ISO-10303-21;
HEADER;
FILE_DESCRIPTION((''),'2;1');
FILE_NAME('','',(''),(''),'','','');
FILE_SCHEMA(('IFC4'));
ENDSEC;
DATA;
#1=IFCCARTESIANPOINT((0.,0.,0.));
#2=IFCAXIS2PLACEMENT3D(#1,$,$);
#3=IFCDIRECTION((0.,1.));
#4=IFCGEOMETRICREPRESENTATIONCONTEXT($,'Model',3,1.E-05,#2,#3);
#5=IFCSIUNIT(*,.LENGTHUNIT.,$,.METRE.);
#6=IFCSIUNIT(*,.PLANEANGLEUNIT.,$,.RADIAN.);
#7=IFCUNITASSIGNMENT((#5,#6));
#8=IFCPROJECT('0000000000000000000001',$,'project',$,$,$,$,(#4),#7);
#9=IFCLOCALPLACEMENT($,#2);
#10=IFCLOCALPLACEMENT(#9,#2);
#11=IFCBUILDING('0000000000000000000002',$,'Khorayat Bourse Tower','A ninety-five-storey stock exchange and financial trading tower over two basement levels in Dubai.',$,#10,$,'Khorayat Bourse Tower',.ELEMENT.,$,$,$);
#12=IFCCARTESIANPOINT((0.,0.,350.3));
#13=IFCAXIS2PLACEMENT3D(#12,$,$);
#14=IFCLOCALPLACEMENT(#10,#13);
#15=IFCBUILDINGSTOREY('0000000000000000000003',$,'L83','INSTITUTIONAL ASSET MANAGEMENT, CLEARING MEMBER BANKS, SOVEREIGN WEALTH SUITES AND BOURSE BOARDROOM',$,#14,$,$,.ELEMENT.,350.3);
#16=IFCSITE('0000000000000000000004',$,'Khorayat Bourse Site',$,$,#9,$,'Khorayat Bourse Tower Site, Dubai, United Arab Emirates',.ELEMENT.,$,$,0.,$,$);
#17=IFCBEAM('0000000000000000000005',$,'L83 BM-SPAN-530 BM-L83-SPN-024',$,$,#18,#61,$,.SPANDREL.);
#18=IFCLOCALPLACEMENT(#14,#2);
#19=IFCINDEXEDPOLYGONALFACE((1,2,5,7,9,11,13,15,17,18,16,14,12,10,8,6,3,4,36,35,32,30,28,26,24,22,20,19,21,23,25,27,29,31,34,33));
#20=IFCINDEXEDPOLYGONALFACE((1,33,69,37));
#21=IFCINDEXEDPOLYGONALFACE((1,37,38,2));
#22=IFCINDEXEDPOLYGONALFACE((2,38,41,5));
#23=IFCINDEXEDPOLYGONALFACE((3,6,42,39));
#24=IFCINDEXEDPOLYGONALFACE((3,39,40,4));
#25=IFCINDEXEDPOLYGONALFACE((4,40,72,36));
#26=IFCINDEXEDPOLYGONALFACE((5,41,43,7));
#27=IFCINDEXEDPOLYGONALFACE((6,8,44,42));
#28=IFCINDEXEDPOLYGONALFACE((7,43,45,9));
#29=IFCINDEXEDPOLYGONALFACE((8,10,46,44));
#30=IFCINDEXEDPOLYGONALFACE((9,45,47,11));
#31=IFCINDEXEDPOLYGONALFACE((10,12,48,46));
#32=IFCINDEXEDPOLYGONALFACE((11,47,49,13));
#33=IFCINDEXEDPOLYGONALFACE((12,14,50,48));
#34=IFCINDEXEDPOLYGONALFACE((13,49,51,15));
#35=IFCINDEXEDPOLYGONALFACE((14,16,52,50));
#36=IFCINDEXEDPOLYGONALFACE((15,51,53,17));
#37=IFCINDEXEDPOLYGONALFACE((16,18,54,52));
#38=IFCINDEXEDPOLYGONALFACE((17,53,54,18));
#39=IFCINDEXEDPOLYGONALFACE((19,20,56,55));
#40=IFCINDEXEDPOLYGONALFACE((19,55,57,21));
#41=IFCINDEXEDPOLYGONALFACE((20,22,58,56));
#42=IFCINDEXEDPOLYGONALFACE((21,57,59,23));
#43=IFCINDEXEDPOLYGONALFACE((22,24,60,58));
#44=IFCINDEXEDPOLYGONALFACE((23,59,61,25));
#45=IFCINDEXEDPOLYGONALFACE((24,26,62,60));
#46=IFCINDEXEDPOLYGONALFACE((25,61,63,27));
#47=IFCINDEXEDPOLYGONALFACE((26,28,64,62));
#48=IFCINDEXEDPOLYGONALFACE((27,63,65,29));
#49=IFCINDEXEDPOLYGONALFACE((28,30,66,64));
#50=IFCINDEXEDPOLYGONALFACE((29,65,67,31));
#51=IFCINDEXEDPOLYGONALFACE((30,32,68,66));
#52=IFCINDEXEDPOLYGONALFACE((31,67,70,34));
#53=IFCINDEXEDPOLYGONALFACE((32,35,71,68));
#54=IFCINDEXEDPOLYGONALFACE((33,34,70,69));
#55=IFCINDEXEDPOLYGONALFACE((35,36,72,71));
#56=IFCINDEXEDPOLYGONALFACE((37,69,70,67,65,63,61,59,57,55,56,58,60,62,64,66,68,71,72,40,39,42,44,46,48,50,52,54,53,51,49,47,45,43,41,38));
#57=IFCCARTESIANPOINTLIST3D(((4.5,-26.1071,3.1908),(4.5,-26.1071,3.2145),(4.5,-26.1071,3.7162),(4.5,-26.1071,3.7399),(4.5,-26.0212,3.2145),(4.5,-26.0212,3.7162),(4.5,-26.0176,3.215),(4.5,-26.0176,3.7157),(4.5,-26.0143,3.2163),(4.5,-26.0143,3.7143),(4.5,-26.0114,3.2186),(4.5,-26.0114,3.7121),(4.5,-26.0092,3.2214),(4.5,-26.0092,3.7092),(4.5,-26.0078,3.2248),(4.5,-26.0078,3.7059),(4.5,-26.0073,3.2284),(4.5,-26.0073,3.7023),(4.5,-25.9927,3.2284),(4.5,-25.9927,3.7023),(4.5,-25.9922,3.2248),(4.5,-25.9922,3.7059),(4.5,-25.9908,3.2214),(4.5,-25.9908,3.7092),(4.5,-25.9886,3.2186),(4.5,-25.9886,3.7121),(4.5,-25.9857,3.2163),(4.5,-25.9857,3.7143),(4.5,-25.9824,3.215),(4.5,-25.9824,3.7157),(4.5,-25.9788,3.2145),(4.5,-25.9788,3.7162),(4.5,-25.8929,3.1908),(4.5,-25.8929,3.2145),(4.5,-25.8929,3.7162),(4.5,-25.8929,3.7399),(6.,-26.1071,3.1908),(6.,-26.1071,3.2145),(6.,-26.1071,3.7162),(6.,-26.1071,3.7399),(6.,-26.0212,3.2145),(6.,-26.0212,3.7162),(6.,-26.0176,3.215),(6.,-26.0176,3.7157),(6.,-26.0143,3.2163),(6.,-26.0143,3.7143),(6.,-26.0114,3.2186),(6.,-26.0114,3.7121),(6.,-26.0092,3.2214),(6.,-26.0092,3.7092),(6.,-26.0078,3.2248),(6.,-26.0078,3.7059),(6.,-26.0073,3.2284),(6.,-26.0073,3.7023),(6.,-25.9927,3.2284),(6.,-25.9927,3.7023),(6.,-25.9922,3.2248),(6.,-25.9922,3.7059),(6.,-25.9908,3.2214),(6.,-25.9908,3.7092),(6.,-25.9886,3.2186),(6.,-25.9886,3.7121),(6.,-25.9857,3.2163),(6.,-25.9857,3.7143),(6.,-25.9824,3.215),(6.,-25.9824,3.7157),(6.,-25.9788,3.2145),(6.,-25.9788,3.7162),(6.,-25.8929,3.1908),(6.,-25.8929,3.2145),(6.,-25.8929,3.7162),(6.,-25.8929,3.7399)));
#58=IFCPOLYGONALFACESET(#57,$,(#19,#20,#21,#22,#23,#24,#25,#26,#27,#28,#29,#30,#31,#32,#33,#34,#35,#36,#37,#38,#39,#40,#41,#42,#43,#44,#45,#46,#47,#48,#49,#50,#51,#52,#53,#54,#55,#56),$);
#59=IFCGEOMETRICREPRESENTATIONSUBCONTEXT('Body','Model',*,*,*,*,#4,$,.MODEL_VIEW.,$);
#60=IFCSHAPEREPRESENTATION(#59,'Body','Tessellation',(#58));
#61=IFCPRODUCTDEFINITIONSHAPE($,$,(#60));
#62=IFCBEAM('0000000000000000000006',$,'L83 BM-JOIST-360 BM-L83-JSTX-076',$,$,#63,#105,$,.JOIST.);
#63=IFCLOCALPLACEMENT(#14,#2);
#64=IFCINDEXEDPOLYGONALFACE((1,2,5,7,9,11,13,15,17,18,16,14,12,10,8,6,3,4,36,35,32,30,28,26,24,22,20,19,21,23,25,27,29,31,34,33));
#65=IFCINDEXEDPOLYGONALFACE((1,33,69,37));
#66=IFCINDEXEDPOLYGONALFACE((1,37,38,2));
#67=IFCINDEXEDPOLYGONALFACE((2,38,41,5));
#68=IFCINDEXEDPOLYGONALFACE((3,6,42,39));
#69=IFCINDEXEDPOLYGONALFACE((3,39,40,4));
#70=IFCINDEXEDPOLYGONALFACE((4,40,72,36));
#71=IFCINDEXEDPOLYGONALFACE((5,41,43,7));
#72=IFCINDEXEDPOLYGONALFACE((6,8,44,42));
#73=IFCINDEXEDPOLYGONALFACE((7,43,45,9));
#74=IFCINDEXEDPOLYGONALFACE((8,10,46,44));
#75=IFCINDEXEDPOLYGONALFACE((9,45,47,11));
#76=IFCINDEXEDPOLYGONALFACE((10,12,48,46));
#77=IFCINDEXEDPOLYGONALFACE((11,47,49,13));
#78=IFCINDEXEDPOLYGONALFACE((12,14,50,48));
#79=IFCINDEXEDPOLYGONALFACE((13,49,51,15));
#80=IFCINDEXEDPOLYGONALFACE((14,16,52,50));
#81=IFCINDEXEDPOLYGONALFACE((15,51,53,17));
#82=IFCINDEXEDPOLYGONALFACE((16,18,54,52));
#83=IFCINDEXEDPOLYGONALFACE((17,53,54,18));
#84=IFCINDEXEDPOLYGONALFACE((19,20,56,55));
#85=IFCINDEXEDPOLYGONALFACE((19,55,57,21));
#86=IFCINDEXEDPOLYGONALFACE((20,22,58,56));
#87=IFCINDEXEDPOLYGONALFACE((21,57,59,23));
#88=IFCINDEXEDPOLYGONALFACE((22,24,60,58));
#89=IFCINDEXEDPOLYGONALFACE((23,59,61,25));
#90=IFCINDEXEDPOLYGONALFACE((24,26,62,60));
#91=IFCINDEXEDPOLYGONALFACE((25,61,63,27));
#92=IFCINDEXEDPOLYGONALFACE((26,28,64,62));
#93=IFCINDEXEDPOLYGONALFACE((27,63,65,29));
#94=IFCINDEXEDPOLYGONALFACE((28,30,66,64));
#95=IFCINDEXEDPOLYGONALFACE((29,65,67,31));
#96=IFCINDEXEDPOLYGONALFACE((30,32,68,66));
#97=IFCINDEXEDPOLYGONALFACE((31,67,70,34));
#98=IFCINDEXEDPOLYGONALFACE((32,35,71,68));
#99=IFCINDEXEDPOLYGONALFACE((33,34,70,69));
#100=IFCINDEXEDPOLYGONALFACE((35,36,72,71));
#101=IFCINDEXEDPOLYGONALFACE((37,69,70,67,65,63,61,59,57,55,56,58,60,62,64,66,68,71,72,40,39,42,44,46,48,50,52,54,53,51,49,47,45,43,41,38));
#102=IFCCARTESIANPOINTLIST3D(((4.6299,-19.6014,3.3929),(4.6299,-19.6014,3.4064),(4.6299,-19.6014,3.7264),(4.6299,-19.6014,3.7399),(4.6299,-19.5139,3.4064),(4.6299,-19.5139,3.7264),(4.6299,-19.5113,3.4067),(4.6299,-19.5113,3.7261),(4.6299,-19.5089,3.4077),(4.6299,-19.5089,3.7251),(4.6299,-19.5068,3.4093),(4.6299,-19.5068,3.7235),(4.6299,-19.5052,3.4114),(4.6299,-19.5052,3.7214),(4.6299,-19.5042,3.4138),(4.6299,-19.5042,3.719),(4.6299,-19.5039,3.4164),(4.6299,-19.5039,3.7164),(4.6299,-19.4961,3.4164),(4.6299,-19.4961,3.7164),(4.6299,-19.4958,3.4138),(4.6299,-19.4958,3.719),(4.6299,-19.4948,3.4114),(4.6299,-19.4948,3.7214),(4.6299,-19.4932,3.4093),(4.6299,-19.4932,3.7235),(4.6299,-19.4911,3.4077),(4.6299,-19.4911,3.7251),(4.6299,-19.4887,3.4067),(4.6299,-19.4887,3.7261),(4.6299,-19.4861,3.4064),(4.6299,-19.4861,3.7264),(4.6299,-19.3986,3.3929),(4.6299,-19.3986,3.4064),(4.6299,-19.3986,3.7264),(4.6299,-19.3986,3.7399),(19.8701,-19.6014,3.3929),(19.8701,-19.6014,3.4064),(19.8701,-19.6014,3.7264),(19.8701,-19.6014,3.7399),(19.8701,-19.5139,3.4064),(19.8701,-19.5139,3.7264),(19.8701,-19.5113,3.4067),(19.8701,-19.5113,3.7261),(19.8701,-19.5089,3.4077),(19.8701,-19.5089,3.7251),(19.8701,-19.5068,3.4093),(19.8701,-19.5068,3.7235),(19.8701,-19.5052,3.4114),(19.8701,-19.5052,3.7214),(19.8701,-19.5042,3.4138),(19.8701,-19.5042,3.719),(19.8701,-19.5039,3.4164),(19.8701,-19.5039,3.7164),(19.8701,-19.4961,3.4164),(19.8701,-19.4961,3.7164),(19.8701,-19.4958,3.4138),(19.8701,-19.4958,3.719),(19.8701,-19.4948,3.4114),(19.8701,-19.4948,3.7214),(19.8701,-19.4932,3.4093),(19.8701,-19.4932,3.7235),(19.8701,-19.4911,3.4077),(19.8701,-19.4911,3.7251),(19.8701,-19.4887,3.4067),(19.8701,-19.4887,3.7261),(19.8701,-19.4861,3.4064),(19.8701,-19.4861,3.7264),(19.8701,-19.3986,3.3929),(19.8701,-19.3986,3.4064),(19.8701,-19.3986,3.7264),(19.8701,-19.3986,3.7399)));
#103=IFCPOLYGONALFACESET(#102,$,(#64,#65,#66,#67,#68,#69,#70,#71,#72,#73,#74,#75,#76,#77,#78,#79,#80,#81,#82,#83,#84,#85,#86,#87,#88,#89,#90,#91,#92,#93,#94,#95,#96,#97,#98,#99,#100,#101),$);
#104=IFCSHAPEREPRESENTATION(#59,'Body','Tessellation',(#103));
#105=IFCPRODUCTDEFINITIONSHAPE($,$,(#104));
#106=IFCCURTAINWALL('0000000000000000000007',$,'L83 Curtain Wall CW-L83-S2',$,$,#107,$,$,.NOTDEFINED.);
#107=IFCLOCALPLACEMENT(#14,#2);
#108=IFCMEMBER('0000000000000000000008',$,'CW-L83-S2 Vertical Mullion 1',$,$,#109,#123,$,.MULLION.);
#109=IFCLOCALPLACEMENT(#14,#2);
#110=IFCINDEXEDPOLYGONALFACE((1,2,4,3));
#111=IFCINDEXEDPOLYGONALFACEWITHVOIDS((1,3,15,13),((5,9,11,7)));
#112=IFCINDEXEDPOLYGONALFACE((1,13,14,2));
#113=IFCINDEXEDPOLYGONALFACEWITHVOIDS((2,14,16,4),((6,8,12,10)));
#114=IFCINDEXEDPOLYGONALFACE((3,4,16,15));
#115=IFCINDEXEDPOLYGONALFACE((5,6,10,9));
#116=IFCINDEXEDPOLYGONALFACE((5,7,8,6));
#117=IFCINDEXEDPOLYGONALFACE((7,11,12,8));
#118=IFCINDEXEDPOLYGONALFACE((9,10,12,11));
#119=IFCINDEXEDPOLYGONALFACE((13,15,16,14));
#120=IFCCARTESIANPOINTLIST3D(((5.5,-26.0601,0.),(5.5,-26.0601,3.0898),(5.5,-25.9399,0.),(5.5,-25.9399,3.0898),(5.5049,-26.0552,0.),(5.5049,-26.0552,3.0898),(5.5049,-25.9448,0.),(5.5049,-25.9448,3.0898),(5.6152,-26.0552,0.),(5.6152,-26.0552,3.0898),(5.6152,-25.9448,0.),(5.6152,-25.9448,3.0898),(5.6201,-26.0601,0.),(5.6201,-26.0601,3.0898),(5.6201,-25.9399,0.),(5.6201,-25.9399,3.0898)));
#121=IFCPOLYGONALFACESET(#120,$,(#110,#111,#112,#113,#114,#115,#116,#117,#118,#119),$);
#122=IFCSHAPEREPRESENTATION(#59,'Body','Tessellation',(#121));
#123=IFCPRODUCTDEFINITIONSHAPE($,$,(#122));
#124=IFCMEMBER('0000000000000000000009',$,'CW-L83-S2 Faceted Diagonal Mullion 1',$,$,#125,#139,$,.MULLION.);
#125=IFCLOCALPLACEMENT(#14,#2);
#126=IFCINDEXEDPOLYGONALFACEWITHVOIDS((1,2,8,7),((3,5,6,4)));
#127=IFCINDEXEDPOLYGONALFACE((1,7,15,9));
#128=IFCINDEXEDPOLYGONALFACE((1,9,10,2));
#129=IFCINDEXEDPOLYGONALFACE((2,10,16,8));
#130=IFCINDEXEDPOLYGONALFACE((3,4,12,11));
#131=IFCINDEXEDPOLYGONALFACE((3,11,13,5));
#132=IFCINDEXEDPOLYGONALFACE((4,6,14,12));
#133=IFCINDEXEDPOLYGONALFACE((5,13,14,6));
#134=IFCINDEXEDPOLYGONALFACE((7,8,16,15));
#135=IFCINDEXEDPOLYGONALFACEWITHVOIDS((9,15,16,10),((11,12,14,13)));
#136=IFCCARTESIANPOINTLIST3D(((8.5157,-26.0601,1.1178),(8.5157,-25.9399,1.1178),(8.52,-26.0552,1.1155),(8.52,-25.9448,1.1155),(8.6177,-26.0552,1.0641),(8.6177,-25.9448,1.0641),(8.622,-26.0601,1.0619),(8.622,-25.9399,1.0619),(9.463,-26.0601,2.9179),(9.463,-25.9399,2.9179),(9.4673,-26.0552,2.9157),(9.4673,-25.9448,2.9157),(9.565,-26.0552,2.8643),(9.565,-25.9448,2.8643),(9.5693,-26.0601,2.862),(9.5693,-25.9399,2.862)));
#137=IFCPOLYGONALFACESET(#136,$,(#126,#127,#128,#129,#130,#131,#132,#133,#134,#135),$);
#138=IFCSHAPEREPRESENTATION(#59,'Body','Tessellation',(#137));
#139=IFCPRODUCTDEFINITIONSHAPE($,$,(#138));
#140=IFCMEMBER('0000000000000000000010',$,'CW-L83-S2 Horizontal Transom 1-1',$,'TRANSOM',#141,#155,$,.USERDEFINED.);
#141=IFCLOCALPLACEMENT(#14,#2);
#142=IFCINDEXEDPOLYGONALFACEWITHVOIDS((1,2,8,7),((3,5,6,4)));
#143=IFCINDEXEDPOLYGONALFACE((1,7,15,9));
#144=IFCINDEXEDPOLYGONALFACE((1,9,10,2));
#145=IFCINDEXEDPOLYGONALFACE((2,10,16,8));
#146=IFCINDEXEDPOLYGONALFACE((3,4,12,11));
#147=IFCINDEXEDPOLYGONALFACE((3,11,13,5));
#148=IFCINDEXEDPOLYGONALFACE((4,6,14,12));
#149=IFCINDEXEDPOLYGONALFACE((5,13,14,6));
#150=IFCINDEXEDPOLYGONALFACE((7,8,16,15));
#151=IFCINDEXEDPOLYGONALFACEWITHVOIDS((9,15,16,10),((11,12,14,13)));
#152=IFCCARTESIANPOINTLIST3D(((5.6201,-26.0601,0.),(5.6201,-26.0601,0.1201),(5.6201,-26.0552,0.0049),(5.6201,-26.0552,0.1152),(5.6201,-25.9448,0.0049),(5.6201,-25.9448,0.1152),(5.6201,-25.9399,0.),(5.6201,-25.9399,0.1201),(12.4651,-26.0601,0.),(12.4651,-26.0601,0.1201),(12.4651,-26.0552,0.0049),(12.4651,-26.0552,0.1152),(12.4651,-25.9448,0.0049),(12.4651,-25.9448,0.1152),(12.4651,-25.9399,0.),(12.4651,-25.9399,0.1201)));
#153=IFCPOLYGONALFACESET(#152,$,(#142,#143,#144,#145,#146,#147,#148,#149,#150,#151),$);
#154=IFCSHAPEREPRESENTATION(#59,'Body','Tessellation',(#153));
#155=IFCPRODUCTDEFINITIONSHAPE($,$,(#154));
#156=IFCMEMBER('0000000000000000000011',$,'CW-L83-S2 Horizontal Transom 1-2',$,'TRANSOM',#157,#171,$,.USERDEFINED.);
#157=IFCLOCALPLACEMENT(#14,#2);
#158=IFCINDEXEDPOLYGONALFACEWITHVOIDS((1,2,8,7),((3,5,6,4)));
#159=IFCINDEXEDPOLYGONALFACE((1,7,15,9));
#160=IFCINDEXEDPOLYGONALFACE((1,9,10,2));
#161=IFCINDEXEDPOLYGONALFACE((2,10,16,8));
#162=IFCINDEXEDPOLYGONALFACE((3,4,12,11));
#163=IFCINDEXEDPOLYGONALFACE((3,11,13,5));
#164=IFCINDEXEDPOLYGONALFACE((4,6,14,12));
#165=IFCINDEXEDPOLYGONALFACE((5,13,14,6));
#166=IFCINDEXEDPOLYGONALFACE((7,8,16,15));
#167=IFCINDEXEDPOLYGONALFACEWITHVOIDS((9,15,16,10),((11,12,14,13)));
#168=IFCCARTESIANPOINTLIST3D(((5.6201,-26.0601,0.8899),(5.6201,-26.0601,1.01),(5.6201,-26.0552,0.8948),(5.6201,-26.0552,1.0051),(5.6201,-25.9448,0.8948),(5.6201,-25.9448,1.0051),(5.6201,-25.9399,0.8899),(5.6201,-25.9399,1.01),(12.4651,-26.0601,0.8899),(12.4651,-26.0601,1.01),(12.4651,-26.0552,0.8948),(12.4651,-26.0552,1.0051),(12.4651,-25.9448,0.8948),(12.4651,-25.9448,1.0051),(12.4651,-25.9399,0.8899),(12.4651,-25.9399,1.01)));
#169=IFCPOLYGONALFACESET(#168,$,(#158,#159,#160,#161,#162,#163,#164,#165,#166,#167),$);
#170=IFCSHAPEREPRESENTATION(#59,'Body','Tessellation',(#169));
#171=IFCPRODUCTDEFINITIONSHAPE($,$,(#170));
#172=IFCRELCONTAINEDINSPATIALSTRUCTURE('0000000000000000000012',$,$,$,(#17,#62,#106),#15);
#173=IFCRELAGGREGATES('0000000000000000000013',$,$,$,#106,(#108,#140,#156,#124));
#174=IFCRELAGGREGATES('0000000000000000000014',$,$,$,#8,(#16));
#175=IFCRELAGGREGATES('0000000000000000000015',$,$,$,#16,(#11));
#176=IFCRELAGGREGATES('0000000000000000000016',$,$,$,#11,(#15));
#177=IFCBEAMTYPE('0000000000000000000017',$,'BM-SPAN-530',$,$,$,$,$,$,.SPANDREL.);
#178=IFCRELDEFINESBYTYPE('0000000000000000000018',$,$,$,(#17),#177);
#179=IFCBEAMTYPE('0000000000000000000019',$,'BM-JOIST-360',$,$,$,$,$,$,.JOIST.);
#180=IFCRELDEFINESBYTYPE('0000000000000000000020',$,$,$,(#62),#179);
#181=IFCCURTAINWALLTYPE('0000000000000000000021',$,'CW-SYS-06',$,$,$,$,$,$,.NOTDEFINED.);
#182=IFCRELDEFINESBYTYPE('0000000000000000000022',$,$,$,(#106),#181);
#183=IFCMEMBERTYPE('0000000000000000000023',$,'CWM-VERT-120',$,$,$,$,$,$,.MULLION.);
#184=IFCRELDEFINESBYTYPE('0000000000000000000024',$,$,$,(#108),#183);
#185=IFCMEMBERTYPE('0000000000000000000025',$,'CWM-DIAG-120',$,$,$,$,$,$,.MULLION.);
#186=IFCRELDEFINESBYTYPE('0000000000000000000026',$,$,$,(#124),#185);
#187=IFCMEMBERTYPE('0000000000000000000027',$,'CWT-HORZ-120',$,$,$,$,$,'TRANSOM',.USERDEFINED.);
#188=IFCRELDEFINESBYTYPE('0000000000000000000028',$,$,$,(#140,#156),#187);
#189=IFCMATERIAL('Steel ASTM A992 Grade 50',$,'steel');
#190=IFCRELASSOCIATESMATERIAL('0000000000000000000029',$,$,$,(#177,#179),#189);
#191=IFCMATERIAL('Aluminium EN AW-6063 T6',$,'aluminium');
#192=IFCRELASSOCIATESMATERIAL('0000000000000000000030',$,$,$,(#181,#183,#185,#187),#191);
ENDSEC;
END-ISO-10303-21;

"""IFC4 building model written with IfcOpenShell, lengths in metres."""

from ifc_helpers import new_model, si_unit, direction, frame, origin, origin_2d, place, context, subcontext, project, spatial, hollow_rectangle, i_section, extrude, source, transform, mapped, material, material_profile, profile_set, type_object, element, aggregate, save


model = new_model("IFC4")

# Units and contexts
model_context = context("Model", 3, precision=1e-05, world=origin(), true_north=direction((0.0, 1.0)))
body_context = subcontext(model_context, "Body", "Model", "MODEL_VIEW")
ifc_project = project(units=[si_unit("LENGTHUNIT", "METRE"), si_unit("PLANEANGLEUNIT", "RADIAN")], contexts=[model_context])

# Site, building, storey
site_placement = place(None, origin())
site = spatial("IfcSite", under=ifc_project, at=site_placement, Name="Khorayat Bourse Site", LongName="Khorayat Bourse Tower Site, Dubai, United Arab Emirates", CompositionType="ELEMENT", RefElevation=0.0)
building_placement = place(site_placement, origin())
building = spatial("IfcBuilding", under=site, at=building_placement, Name="Khorayat Bourse Tower", Description="A ninety-five-storey stock exchange and financial trading tower over two basement levels in Dubai.", LongName="Khorayat Bourse Tower", CompositionType="ELEMENT")
storey_placement = place(building_placement, frame((0.0, 0.0, 350.3)))
storey = spatial("IfcBuildingStorey", under=building, at=storey_placement, Name="L83", Description="INSTITUTIONAL ASSET MANAGEMENT, CLEARING MEMBER BANKS, SOVEREIGN WEALTH SUITES AND BOURSE BOARDROOM", CompositionType="ELEMENT", Elevation=350.3)

# Shared definitions
ifc_material_1 = material(Name="Steel ASTM A992 Grade 50", Category="steel")
ifc_material_profile_1 = material_profile(ifc_material_1, i_section(OverallWidth=0.2141, OverallDepth=0.5491, WebThickness=0.0146, FlangeThickness=0.0237, FilletRadius=0.0139, at=origin_2d()), Name="W530X138")
ifc_profile_set_1 = profile_set([ifc_material_profile_1], Name="Steel ASTM A992 Grade 50")
beam_type_1 = type_object("IfcBeamType", Name="BM-SPAN-530", PredefinedType="SPANDREL", material=ifc_profile_set_1)

# Beams
shared_shape_1 = source(origin(), body_context, "Body", "SweptSolid", [
    extrude(i_section(OverallWidth=0.2141, OverallDepth=0.5491, WebThickness=0.0146, FlangeThickness=0.0237, FilletRadius=0.0139, at=origin_2d()), origin(), (0.0, 0.0, 1.0), 1.5),
])
beam_1_placement = place(storey_placement, frame((4.5, -26.0, 3.4653), z_axis=(1.0, 0.0, 0.0), x_axis=(0.0, 1.0, 0.0)))
element("IfcBeam", 1, at=beam_1_placement, inside=storey, type_object=beam_type_1, Name="L83 BM-SPAN-530 BM-L83-SPN-024", PredefinedType="SPANDREL", context=body_context, shape_type="MappedRepresentation", body=[
    mapped(shared_shape_1, transform((0.0, 0.0, 0.0), scale=1.0)),
])
ifc_material_profile_2 = material_profile(ifc_material_1, i_section(OverallWidth=0.2029, OverallDepth=0.3469, WebThickness=0.0078, FlangeThickness=0.0134, FilletRadius=0.01, at=origin_2d()), Name="W360X64")
ifc_profile_set_2 = profile_set([ifc_material_profile_2], Name="Steel ASTM A992 Grade 50")
beam_type_2 = type_object("IfcBeamType", Name="BM-JOIST-360", PredefinedType="JOIST", material=ifc_profile_set_2)
shared_shape_2 = source(origin(), body_context, "Body", "SweptSolid", [
    extrude(i_section(OverallWidth=0.2029, OverallDepth=0.3469, WebThickness=0.0078, FlangeThickness=0.0134, FilletRadius=0.01, at=origin_2d()), origin(), (0.0, 0.0, 1.0), 15.2402),
])
beam_2_placement = place(storey_placement, frame((4.6299, -19.5, 3.5664), z_axis=(1.0, 0.0, 0.0), x_axis=(0.0, 1.0, 0.0)))
element("IfcBeam", 2, at=beam_2_placement, inside=storey, type_object=beam_type_2, Name="L83 BM-JOIST-360 BM-L83-JSTX-076", PredefinedType="JOIST", context=body_context, shape_type="MappedRepresentation", body=[
    mapped(shared_shape_2, transform((0.0, 0.0, 0.0), scale=1.0)),
])

# Curtain wall, members
ifc_material_2 = material(Name="Aluminium EN AW-6063 T6", Category="aluminium")
curtain_wall_type = type_object("IfcCurtainWallType", Name="CW-SYS-06", PredefinedType="NOTDEFINED", material=ifc_material_2)
curtain_wall_placement = place(storey_placement, origin())
curtain_wall = element("IfcCurtainWall", 3, at=curtain_wall_placement, inside=storey, type_object=curtain_wall_type, Name="L83 Curtain Wall CW-L83-S2", PredefinedType="NOTDEFINED")
ifc_material_profile_3 = material_profile(ifc_material_2, hollow_rectangle(XDim=0.1201, YDim=0.1201, WallThickness=0.0049, at=origin_2d()), Name="ALU 120x120x5")
ifc_profile_set_3 = profile_set([ifc_material_profile_3], Name="Aluminium EN AW-6063 T6")
member_type_1 = type_object("IfcMemberType", Name="CWM-VERT-120", PredefinedType="MULLION", material=ifc_profile_set_3)
shared_shape_3 = source(origin(), body_context, "Body", "SweptSolid", [
    extrude(hollow_rectangle(XDim=0.1201, YDim=0.1201, WallThickness=0.0049, at=origin_2d()), origin(), (0.0, 0.0, 1.0), 3.0898),
])
member_1_placement = place(storey_placement, frame((5.5601, -26.0, 0.0), z_axis=(0.0, 0.0, 1.0), x_axis=(0.0, 1.0, 0.0)))
member_1 = element("IfcMember", 4, at=member_1_placement, type_object=member_type_1, Name="CW-L83-S2 Vertical Mullion 1", PredefinedType="MULLION", context=body_context, shape_type="MappedRepresentation", body=[
    mapped(shared_shape_3, transform((0.0, 0.0, 0.0), scale=1.0)),
])
ifc_material_profile_4 = material_profile(ifc_material_2, hollow_rectangle(XDim=0.1201, YDim=0.1201, WallThickness=0.0049, at=origin_2d()), Name="ALU 120x120x5")
ifc_profile_set_4 = profile_set([ifc_material_profile_4], Name="Aluminium EN AW-6063 T6")
member_type_2 = type_object("IfcMemberType", Name="CWM-DIAG-120", PredefinedType="MULLION", material=ifc_profile_set_4)
shared_shape_4 = source(origin(), body_context, "Body", "SweptSolid", [
    extrude(hollow_rectangle(XDim=0.1201, YDim=0.1201, WallThickness=0.0049, at=origin_2d()), origin(), (0.0, 0.0, 1.0), 2.0342),
])
member_2_placement = place(storey_placement, frame((8.5688, -26.0, 1.0898), z_axis=(0.465697, 0.0, 0.884944), x_axis=(0.0, 1.0, 0.0)))
member_2 = element("IfcMember", 5, at=member_2_placement, type_object=member_type_2, Name="CW-L83-S2 Faceted Diagonal Mullion 1", PredefinedType="MULLION", context=body_context, shape_type="MappedRepresentation", body=[
    mapped(shared_shape_4, transform((0.0, 0.0, 0.0), scale=1.0)),
])
ifc_material_profile_5 = material_profile(ifc_material_2, hollow_rectangle(XDim=0.1201, YDim=0.1201, WallThickness=0.0049, at=origin_2d()), Name="ALU 120x120x5")
ifc_profile_set_5 = profile_set([ifc_material_profile_5], Name="Aluminium EN AW-6063 T6")
member_type_3 = type_object("IfcMemberType", Name="CWT-HORZ-120", ElementType="TRANSOM", PredefinedType="USERDEFINED", material=ifc_profile_set_5)
shared_shape_5 = source(origin(), body_context, "Body", "SweptSolid", [
    extrude(hollow_rectangle(XDim=0.1201, YDim=0.1201, WallThickness=0.0049, at=origin_2d()), origin(), (0.0, 0.0, 1.0), 6.845),
])
member_3_placement = place(storey_placement, frame((5.6201, -26.0, 0.0601), z_axis=(1.0, 0.0, 0.0), x_axis=(0.0, 1.0, 0.0)))
member_3 = element("IfcMember", 6, at=member_3_placement, type_object=member_type_3, Name="CW-L83-S2 Horizontal Transom 1-1", ObjectType="TRANSOM", PredefinedType="USERDEFINED", context=body_context, shape_type="MappedRepresentation", body=[
    mapped(shared_shape_5, transform((0.0, 0.0, 0.0), scale=1.0)),
])
member_4_placement = place(storey_placement, frame((5.6201, -26.0, 0.95), z_axis=(1.0, 0.0, 0.0), x_axis=(0.0, 1.0, 0.0)))
member_4 = element("IfcMember", 7, at=member_4_placement, type_object=member_type_3, Name="CW-L83-S2 Horizontal Transom 1-2", ObjectType="TRANSOM", PredefinedType="USERDEFINED", context=body_context, shape_type="MappedRepresentation", body=[
    mapped(shared_shape_5, transform((0.0, 0.0, 0.0), scale=1.0)),
])

aggregate(curtain_wall, [member_1, member_3, member_4, member_2])

save(model, "model.ifc")
